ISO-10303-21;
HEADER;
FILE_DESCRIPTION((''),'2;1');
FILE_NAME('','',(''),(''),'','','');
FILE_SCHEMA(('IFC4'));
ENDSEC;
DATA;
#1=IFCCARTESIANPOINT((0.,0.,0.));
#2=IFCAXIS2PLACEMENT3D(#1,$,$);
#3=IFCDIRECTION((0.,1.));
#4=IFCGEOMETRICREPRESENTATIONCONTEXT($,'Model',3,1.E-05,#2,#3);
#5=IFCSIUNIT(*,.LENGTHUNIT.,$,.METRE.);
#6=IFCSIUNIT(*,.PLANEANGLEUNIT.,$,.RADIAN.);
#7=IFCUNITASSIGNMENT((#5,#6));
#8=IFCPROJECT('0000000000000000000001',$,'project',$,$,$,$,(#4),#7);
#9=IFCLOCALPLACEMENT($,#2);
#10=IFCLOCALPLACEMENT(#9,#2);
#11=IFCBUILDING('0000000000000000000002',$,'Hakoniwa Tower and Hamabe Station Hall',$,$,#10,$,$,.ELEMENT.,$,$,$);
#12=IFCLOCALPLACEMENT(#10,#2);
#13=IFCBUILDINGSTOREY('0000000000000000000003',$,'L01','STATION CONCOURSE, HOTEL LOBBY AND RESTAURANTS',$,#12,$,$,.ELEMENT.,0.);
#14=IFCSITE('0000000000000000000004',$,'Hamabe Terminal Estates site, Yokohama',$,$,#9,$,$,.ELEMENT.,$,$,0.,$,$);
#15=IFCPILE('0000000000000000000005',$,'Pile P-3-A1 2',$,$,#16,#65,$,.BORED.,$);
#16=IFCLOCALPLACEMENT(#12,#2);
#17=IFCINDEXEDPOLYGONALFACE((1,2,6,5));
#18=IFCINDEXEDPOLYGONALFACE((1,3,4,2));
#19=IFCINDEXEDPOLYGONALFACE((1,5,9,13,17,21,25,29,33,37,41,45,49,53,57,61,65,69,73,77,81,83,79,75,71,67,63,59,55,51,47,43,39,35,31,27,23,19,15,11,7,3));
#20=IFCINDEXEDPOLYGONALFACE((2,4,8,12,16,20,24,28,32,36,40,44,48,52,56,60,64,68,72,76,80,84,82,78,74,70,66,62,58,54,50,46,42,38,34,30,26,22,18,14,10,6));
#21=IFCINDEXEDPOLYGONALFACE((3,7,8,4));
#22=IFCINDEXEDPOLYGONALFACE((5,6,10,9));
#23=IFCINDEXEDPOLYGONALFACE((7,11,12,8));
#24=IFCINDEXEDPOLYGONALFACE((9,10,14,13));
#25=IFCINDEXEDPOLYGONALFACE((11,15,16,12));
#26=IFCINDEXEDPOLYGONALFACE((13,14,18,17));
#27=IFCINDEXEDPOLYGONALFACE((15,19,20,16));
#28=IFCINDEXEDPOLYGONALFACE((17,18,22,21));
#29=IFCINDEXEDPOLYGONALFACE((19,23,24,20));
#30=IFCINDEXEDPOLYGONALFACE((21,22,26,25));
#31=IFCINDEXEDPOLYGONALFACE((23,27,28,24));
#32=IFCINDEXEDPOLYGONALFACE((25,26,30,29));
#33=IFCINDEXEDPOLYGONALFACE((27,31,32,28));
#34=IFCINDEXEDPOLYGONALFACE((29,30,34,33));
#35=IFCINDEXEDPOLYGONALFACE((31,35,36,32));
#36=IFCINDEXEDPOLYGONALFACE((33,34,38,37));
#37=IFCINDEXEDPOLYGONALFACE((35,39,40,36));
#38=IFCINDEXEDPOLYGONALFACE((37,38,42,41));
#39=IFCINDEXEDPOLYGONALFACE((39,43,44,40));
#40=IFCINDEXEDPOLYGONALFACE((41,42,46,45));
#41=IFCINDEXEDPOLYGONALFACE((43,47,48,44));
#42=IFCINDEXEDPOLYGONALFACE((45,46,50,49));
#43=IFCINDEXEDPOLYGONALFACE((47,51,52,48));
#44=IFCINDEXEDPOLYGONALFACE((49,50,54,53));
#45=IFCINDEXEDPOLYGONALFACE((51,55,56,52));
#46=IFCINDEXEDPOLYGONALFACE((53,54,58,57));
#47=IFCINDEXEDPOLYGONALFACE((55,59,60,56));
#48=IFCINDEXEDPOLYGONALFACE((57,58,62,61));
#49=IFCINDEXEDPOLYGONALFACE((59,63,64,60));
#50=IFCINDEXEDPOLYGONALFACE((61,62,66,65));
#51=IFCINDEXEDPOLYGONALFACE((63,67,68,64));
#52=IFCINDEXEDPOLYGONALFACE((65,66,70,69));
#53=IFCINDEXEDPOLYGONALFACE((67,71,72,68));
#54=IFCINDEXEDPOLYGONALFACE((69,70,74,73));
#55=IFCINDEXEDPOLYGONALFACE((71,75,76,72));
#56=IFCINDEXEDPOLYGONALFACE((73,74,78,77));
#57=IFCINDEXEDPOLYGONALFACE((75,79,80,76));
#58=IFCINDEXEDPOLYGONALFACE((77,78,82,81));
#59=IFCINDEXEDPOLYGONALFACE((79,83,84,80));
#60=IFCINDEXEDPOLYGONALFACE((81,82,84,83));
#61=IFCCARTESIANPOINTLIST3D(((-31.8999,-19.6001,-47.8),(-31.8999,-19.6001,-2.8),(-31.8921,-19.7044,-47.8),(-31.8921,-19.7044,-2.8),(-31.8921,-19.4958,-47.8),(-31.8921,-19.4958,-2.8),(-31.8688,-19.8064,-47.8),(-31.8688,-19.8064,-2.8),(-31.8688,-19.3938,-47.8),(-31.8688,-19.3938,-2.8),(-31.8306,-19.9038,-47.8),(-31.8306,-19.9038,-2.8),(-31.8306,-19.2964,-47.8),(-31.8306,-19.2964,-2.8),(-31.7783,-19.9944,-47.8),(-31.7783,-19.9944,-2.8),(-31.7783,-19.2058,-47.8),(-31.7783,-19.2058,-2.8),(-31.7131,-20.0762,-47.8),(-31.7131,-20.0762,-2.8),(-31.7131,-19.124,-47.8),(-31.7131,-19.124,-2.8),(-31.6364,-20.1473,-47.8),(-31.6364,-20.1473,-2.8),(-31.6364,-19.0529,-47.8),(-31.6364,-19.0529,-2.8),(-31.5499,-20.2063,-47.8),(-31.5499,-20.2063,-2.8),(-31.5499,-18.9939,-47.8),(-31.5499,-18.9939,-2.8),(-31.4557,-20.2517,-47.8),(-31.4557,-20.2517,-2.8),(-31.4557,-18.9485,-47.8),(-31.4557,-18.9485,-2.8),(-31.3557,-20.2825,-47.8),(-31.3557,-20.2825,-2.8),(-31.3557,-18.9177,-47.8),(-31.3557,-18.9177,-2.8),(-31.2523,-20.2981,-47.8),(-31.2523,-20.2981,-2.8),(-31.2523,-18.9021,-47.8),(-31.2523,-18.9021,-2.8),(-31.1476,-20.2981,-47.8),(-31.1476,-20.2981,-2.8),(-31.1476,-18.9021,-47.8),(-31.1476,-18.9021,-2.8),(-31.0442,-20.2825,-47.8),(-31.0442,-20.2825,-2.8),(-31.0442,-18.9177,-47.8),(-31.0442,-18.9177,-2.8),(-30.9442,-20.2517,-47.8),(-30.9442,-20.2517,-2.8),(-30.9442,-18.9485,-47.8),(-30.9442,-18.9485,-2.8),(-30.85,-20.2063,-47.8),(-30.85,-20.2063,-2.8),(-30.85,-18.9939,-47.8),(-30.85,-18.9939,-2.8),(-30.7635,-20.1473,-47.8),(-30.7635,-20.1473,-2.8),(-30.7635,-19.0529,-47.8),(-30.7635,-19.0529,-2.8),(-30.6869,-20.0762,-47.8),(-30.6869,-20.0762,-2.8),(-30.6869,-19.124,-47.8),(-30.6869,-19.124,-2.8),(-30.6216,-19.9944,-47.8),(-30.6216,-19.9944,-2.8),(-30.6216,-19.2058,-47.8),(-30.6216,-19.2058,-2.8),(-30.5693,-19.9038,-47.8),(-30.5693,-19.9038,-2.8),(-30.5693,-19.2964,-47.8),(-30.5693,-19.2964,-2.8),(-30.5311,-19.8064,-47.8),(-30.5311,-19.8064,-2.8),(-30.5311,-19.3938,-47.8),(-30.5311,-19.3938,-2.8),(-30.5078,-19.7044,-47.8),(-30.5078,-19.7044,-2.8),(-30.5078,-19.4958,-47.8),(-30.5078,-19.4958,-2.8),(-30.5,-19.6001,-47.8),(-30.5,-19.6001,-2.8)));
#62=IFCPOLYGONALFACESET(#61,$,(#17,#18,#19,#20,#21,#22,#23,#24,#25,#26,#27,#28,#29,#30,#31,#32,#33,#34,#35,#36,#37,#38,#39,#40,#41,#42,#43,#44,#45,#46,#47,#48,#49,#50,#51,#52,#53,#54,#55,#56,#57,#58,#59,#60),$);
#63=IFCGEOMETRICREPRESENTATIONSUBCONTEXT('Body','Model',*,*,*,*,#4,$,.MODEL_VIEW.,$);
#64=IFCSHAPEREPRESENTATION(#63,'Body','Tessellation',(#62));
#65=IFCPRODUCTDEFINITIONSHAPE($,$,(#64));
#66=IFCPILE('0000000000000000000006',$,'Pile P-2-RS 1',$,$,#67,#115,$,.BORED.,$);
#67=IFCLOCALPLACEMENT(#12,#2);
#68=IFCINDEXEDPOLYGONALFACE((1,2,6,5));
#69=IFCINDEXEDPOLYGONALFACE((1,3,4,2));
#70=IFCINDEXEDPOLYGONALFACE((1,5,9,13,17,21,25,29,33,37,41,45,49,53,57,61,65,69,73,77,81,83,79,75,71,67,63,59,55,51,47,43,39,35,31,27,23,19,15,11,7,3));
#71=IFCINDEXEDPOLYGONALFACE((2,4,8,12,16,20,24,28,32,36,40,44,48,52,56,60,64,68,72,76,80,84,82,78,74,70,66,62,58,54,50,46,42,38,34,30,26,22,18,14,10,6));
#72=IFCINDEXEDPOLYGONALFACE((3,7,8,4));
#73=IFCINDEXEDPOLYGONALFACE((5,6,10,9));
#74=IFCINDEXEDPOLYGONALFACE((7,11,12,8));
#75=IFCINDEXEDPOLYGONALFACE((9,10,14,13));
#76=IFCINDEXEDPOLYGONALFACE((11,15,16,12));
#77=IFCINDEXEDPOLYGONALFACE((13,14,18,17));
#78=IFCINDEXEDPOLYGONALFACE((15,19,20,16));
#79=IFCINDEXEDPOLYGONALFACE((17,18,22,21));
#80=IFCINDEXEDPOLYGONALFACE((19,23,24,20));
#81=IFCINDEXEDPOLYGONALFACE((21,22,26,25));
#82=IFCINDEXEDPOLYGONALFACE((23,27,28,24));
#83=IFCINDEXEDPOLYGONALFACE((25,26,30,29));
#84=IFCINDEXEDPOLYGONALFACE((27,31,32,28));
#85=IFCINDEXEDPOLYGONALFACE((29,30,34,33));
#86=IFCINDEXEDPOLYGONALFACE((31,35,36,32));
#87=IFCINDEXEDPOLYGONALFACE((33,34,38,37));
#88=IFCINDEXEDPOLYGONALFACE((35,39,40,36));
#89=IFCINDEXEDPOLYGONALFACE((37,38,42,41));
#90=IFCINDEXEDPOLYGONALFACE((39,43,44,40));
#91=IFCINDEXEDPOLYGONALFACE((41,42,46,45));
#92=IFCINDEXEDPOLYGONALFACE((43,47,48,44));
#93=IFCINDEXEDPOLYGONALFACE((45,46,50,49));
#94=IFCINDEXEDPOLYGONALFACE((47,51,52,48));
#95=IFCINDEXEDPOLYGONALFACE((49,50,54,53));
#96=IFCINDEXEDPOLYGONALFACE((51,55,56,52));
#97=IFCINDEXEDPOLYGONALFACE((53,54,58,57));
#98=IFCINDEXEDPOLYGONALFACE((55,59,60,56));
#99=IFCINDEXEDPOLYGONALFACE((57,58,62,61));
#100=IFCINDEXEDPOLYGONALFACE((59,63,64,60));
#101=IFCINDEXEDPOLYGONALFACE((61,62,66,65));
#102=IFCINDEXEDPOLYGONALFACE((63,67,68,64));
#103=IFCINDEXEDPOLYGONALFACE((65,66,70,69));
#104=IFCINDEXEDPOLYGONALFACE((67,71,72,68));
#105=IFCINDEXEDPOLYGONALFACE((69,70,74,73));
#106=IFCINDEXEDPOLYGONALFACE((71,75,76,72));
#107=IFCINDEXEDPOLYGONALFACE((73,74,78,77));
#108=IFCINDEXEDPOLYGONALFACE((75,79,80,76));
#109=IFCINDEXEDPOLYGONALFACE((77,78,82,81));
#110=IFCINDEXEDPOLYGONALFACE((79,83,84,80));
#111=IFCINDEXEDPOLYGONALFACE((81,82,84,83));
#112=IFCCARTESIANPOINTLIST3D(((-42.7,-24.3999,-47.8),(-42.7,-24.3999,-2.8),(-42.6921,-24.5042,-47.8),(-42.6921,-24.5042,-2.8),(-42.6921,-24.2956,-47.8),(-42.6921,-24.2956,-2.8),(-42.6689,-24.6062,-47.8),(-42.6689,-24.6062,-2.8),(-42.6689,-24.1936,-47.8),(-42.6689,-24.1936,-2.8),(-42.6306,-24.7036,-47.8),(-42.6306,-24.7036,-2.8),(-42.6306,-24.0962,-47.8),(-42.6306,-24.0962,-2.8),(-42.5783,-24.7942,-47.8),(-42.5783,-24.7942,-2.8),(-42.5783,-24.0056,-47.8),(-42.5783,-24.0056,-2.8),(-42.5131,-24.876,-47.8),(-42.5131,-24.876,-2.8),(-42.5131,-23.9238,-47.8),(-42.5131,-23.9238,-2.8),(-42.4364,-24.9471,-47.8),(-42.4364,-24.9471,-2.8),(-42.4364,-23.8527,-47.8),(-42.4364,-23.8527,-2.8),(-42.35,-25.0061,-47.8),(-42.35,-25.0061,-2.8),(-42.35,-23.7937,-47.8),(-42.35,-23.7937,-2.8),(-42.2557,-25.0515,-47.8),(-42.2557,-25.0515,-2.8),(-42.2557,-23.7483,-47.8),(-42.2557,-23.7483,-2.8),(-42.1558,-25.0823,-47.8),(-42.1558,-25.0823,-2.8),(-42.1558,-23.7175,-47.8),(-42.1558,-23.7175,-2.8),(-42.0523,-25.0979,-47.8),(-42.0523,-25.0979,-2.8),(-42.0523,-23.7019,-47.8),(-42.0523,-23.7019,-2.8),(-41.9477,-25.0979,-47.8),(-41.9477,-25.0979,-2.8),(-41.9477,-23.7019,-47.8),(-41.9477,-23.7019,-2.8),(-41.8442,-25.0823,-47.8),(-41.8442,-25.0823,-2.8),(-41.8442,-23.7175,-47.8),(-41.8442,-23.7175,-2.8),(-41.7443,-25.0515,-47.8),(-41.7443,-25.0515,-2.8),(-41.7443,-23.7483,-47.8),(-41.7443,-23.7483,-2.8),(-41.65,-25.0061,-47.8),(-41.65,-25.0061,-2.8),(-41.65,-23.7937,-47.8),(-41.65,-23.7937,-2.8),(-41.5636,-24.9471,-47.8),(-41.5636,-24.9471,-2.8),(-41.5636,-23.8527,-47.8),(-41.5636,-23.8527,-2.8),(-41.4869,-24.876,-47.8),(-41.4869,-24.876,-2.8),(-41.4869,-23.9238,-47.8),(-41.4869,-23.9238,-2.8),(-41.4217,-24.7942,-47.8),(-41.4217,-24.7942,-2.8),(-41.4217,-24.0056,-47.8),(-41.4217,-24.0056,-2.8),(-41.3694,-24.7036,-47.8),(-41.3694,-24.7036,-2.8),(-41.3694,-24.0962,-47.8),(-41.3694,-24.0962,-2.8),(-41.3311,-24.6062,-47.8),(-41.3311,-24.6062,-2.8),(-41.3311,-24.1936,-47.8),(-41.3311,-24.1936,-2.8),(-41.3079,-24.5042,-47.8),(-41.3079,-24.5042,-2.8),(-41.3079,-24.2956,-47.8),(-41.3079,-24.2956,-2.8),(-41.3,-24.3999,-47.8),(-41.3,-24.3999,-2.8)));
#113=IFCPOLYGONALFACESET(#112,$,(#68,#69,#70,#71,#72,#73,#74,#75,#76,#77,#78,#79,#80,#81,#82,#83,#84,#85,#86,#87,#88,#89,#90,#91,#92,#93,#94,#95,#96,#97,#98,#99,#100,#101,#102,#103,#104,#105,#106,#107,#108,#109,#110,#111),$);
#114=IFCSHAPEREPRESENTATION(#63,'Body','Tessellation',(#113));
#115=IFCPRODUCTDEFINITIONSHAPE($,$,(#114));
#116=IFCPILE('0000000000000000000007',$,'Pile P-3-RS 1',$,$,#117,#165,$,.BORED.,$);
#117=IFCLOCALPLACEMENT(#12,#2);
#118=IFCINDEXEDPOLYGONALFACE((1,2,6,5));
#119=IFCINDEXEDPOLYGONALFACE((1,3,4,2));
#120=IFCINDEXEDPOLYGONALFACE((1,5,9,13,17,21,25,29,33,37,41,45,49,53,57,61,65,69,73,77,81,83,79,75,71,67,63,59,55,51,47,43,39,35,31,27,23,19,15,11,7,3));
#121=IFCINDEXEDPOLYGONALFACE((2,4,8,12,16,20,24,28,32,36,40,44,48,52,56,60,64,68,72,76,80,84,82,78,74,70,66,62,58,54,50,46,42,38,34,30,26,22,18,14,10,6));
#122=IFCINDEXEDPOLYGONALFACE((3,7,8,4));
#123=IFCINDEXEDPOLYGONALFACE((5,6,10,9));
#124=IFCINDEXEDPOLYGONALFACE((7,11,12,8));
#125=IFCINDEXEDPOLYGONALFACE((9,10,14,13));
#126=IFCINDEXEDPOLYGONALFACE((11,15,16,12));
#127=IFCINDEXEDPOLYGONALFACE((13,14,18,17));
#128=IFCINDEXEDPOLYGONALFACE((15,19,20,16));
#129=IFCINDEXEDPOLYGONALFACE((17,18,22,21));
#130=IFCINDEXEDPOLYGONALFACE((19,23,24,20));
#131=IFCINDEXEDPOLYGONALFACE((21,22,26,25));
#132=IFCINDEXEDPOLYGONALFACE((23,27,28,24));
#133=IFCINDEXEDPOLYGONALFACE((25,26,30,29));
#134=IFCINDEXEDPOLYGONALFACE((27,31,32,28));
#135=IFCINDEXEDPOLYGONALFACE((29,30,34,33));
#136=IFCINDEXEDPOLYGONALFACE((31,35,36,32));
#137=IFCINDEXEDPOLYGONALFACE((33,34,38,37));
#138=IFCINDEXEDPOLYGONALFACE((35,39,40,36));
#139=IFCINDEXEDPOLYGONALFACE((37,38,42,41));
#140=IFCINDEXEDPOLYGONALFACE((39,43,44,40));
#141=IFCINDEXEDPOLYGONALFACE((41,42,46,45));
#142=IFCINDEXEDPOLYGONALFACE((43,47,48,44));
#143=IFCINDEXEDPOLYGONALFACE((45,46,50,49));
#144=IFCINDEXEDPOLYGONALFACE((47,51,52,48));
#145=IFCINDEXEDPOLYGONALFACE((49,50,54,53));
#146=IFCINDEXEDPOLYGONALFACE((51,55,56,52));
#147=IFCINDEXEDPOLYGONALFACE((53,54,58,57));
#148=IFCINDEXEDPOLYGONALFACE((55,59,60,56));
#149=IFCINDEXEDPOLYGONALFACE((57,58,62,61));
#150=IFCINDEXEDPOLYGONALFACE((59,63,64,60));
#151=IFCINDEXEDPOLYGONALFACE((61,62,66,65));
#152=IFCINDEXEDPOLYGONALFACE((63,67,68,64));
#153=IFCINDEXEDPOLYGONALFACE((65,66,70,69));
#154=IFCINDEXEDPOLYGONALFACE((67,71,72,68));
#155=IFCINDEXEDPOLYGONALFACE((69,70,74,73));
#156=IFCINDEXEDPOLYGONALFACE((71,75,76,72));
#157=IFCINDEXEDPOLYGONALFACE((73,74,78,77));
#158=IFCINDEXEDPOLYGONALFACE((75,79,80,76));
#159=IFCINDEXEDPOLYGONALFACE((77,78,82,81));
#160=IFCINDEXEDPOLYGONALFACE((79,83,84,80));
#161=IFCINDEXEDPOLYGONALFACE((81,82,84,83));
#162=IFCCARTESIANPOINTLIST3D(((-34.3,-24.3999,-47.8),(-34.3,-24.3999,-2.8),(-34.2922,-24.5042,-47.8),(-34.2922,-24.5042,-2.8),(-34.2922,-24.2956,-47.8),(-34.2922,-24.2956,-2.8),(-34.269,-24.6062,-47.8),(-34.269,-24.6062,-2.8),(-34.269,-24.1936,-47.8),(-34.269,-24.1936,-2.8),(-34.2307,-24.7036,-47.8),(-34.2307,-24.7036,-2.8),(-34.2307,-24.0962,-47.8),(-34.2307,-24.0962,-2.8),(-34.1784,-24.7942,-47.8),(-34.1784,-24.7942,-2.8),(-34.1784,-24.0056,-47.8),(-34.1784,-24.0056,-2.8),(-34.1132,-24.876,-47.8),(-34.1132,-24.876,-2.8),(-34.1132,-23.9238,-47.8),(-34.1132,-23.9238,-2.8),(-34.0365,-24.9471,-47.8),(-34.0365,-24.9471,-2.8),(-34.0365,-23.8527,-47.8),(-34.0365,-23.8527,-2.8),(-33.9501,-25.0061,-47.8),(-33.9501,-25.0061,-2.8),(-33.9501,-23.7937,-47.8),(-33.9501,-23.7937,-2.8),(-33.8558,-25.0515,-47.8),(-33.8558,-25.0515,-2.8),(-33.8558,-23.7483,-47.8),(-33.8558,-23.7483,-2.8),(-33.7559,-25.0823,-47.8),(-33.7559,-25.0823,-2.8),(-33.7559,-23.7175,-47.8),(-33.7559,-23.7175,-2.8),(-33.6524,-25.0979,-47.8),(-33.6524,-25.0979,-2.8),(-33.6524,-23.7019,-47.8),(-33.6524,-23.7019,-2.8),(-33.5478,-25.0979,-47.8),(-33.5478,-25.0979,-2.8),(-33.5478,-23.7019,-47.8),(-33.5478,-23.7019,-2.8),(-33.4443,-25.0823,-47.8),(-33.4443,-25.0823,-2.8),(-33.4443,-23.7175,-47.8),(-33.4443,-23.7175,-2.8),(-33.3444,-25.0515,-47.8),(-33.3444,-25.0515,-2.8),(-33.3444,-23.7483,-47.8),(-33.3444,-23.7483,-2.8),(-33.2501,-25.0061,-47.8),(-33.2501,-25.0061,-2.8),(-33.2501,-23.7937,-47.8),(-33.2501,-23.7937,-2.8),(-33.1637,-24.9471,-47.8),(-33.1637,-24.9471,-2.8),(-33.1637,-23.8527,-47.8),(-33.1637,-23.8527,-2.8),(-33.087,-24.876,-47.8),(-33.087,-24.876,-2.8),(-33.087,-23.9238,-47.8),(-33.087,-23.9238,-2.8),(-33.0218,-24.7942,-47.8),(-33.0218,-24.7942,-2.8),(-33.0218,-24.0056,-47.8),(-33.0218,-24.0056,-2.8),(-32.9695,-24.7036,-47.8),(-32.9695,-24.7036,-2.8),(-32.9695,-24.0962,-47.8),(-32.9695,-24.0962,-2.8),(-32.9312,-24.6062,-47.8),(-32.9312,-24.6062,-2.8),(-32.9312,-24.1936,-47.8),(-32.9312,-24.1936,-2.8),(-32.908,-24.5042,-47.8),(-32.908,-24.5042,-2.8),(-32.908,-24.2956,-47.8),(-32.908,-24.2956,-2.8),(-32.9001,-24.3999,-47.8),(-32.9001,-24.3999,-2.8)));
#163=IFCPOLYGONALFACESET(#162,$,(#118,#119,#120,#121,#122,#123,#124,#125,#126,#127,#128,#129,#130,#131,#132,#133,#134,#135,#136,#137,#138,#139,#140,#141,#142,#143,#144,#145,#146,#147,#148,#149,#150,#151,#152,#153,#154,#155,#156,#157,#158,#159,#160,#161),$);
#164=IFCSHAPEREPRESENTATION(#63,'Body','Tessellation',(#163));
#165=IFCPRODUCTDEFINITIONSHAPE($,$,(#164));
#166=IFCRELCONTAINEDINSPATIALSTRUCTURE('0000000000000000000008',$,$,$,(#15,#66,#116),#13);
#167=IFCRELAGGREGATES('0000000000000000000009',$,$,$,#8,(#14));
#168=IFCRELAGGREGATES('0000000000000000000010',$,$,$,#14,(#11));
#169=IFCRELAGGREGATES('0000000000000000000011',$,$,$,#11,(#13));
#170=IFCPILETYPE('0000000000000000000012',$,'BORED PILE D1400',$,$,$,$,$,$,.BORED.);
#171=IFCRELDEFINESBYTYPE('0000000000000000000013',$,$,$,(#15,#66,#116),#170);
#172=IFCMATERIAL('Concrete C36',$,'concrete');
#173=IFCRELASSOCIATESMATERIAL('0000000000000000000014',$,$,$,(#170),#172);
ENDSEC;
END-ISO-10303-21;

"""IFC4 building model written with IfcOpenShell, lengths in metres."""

from ifc_helpers import new_model, si_unit, direction, frame, origin, origin_2d, place, context, subcontext, project, spatial, circle, extrude, material, material_profile, profile_set, type_object, element, save


model = new_model("IFC4")

# Units and contexts
model_context = context("Model", 3, precision=1e-05, world=origin(), true_north=direction((0.0, 1.0)))
body_context = subcontext(model_context, "Body", "Model", "MODEL_VIEW")
ifc_project = project(units=[si_unit("LENGTHUNIT", "METRE"), si_unit("PLANEANGLEUNIT", "RADIAN")], contexts=[model_context])

# Site, building, storey
site_placement = place(None, origin())
site = spatial("IfcSite", under=ifc_project, at=site_placement, Name="Hamabe Terminal Estates site, Yokohama", CompositionType="ELEMENT", RefElevation=0.0)
building_placement = place(site_placement, origin())
building = spatial("IfcBuilding", under=site, at=building_placement, Name="Hakoniwa Tower and Hamabe Station Hall", CompositionType="ELEMENT")
storey_placement = place(building_placement, origin())
storey = spatial("IfcBuildingStorey", under=building, at=storey_placement, Name="L01", Description="STATION CONCOURSE, HOTEL LOBBY AND RESTAURANTS", CompositionType="ELEMENT", Elevation=0.0)

# Piles
ifc_material_1 = material(Name="Concrete C36", Category="concrete")
ifc_material_profile_1 = material_profile(ifc_material_1, circle(Radius=0.7, at=origin_2d()), Name="BORED PILE D1400")
ifc_profile_set_1 = profile_set([ifc_material_profile_1], Name="Concrete C36")
pile_type = type_object("IfcPileType", Name="BORED PILE D1400", PredefinedType="BORED", material=ifc_profile_set_1)
for number, where, z_axis, x_axis, name in (
    (1, (-31.2, -19.6001, -2.8), (0.0, 0.0, -1.0), (1.0, 0.0, 0.0), "Pile P-3-A1 2"),
    (2, (-42.0, -24.3999, -2.8), (0.0, 0.0, -1.0), (1.0, 0.0, 0.0), "Pile P-2-RS 1"),
    (3, (-33.6001, -24.3999, -2.8), (0.0, 0.0, -1.0), (1.0, 0.0, 0.0), "Pile P-3-RS 1"),
):
    element("IfcPile", number, at=place(storey_placement, frame(where, z_axis=z_axis, x_axis=x_axis)), inside=storey, type_object=pile_type, Name=name, PredefinedType="BORED", context=body_context, shape_type="SweptSolid", body=[
        extrude(circle(Radius=0.7, at=origin_2d()), origin(), (0.0, 0.0, 1.0), 45.0),
    ])

save(model, "model.ifc")
